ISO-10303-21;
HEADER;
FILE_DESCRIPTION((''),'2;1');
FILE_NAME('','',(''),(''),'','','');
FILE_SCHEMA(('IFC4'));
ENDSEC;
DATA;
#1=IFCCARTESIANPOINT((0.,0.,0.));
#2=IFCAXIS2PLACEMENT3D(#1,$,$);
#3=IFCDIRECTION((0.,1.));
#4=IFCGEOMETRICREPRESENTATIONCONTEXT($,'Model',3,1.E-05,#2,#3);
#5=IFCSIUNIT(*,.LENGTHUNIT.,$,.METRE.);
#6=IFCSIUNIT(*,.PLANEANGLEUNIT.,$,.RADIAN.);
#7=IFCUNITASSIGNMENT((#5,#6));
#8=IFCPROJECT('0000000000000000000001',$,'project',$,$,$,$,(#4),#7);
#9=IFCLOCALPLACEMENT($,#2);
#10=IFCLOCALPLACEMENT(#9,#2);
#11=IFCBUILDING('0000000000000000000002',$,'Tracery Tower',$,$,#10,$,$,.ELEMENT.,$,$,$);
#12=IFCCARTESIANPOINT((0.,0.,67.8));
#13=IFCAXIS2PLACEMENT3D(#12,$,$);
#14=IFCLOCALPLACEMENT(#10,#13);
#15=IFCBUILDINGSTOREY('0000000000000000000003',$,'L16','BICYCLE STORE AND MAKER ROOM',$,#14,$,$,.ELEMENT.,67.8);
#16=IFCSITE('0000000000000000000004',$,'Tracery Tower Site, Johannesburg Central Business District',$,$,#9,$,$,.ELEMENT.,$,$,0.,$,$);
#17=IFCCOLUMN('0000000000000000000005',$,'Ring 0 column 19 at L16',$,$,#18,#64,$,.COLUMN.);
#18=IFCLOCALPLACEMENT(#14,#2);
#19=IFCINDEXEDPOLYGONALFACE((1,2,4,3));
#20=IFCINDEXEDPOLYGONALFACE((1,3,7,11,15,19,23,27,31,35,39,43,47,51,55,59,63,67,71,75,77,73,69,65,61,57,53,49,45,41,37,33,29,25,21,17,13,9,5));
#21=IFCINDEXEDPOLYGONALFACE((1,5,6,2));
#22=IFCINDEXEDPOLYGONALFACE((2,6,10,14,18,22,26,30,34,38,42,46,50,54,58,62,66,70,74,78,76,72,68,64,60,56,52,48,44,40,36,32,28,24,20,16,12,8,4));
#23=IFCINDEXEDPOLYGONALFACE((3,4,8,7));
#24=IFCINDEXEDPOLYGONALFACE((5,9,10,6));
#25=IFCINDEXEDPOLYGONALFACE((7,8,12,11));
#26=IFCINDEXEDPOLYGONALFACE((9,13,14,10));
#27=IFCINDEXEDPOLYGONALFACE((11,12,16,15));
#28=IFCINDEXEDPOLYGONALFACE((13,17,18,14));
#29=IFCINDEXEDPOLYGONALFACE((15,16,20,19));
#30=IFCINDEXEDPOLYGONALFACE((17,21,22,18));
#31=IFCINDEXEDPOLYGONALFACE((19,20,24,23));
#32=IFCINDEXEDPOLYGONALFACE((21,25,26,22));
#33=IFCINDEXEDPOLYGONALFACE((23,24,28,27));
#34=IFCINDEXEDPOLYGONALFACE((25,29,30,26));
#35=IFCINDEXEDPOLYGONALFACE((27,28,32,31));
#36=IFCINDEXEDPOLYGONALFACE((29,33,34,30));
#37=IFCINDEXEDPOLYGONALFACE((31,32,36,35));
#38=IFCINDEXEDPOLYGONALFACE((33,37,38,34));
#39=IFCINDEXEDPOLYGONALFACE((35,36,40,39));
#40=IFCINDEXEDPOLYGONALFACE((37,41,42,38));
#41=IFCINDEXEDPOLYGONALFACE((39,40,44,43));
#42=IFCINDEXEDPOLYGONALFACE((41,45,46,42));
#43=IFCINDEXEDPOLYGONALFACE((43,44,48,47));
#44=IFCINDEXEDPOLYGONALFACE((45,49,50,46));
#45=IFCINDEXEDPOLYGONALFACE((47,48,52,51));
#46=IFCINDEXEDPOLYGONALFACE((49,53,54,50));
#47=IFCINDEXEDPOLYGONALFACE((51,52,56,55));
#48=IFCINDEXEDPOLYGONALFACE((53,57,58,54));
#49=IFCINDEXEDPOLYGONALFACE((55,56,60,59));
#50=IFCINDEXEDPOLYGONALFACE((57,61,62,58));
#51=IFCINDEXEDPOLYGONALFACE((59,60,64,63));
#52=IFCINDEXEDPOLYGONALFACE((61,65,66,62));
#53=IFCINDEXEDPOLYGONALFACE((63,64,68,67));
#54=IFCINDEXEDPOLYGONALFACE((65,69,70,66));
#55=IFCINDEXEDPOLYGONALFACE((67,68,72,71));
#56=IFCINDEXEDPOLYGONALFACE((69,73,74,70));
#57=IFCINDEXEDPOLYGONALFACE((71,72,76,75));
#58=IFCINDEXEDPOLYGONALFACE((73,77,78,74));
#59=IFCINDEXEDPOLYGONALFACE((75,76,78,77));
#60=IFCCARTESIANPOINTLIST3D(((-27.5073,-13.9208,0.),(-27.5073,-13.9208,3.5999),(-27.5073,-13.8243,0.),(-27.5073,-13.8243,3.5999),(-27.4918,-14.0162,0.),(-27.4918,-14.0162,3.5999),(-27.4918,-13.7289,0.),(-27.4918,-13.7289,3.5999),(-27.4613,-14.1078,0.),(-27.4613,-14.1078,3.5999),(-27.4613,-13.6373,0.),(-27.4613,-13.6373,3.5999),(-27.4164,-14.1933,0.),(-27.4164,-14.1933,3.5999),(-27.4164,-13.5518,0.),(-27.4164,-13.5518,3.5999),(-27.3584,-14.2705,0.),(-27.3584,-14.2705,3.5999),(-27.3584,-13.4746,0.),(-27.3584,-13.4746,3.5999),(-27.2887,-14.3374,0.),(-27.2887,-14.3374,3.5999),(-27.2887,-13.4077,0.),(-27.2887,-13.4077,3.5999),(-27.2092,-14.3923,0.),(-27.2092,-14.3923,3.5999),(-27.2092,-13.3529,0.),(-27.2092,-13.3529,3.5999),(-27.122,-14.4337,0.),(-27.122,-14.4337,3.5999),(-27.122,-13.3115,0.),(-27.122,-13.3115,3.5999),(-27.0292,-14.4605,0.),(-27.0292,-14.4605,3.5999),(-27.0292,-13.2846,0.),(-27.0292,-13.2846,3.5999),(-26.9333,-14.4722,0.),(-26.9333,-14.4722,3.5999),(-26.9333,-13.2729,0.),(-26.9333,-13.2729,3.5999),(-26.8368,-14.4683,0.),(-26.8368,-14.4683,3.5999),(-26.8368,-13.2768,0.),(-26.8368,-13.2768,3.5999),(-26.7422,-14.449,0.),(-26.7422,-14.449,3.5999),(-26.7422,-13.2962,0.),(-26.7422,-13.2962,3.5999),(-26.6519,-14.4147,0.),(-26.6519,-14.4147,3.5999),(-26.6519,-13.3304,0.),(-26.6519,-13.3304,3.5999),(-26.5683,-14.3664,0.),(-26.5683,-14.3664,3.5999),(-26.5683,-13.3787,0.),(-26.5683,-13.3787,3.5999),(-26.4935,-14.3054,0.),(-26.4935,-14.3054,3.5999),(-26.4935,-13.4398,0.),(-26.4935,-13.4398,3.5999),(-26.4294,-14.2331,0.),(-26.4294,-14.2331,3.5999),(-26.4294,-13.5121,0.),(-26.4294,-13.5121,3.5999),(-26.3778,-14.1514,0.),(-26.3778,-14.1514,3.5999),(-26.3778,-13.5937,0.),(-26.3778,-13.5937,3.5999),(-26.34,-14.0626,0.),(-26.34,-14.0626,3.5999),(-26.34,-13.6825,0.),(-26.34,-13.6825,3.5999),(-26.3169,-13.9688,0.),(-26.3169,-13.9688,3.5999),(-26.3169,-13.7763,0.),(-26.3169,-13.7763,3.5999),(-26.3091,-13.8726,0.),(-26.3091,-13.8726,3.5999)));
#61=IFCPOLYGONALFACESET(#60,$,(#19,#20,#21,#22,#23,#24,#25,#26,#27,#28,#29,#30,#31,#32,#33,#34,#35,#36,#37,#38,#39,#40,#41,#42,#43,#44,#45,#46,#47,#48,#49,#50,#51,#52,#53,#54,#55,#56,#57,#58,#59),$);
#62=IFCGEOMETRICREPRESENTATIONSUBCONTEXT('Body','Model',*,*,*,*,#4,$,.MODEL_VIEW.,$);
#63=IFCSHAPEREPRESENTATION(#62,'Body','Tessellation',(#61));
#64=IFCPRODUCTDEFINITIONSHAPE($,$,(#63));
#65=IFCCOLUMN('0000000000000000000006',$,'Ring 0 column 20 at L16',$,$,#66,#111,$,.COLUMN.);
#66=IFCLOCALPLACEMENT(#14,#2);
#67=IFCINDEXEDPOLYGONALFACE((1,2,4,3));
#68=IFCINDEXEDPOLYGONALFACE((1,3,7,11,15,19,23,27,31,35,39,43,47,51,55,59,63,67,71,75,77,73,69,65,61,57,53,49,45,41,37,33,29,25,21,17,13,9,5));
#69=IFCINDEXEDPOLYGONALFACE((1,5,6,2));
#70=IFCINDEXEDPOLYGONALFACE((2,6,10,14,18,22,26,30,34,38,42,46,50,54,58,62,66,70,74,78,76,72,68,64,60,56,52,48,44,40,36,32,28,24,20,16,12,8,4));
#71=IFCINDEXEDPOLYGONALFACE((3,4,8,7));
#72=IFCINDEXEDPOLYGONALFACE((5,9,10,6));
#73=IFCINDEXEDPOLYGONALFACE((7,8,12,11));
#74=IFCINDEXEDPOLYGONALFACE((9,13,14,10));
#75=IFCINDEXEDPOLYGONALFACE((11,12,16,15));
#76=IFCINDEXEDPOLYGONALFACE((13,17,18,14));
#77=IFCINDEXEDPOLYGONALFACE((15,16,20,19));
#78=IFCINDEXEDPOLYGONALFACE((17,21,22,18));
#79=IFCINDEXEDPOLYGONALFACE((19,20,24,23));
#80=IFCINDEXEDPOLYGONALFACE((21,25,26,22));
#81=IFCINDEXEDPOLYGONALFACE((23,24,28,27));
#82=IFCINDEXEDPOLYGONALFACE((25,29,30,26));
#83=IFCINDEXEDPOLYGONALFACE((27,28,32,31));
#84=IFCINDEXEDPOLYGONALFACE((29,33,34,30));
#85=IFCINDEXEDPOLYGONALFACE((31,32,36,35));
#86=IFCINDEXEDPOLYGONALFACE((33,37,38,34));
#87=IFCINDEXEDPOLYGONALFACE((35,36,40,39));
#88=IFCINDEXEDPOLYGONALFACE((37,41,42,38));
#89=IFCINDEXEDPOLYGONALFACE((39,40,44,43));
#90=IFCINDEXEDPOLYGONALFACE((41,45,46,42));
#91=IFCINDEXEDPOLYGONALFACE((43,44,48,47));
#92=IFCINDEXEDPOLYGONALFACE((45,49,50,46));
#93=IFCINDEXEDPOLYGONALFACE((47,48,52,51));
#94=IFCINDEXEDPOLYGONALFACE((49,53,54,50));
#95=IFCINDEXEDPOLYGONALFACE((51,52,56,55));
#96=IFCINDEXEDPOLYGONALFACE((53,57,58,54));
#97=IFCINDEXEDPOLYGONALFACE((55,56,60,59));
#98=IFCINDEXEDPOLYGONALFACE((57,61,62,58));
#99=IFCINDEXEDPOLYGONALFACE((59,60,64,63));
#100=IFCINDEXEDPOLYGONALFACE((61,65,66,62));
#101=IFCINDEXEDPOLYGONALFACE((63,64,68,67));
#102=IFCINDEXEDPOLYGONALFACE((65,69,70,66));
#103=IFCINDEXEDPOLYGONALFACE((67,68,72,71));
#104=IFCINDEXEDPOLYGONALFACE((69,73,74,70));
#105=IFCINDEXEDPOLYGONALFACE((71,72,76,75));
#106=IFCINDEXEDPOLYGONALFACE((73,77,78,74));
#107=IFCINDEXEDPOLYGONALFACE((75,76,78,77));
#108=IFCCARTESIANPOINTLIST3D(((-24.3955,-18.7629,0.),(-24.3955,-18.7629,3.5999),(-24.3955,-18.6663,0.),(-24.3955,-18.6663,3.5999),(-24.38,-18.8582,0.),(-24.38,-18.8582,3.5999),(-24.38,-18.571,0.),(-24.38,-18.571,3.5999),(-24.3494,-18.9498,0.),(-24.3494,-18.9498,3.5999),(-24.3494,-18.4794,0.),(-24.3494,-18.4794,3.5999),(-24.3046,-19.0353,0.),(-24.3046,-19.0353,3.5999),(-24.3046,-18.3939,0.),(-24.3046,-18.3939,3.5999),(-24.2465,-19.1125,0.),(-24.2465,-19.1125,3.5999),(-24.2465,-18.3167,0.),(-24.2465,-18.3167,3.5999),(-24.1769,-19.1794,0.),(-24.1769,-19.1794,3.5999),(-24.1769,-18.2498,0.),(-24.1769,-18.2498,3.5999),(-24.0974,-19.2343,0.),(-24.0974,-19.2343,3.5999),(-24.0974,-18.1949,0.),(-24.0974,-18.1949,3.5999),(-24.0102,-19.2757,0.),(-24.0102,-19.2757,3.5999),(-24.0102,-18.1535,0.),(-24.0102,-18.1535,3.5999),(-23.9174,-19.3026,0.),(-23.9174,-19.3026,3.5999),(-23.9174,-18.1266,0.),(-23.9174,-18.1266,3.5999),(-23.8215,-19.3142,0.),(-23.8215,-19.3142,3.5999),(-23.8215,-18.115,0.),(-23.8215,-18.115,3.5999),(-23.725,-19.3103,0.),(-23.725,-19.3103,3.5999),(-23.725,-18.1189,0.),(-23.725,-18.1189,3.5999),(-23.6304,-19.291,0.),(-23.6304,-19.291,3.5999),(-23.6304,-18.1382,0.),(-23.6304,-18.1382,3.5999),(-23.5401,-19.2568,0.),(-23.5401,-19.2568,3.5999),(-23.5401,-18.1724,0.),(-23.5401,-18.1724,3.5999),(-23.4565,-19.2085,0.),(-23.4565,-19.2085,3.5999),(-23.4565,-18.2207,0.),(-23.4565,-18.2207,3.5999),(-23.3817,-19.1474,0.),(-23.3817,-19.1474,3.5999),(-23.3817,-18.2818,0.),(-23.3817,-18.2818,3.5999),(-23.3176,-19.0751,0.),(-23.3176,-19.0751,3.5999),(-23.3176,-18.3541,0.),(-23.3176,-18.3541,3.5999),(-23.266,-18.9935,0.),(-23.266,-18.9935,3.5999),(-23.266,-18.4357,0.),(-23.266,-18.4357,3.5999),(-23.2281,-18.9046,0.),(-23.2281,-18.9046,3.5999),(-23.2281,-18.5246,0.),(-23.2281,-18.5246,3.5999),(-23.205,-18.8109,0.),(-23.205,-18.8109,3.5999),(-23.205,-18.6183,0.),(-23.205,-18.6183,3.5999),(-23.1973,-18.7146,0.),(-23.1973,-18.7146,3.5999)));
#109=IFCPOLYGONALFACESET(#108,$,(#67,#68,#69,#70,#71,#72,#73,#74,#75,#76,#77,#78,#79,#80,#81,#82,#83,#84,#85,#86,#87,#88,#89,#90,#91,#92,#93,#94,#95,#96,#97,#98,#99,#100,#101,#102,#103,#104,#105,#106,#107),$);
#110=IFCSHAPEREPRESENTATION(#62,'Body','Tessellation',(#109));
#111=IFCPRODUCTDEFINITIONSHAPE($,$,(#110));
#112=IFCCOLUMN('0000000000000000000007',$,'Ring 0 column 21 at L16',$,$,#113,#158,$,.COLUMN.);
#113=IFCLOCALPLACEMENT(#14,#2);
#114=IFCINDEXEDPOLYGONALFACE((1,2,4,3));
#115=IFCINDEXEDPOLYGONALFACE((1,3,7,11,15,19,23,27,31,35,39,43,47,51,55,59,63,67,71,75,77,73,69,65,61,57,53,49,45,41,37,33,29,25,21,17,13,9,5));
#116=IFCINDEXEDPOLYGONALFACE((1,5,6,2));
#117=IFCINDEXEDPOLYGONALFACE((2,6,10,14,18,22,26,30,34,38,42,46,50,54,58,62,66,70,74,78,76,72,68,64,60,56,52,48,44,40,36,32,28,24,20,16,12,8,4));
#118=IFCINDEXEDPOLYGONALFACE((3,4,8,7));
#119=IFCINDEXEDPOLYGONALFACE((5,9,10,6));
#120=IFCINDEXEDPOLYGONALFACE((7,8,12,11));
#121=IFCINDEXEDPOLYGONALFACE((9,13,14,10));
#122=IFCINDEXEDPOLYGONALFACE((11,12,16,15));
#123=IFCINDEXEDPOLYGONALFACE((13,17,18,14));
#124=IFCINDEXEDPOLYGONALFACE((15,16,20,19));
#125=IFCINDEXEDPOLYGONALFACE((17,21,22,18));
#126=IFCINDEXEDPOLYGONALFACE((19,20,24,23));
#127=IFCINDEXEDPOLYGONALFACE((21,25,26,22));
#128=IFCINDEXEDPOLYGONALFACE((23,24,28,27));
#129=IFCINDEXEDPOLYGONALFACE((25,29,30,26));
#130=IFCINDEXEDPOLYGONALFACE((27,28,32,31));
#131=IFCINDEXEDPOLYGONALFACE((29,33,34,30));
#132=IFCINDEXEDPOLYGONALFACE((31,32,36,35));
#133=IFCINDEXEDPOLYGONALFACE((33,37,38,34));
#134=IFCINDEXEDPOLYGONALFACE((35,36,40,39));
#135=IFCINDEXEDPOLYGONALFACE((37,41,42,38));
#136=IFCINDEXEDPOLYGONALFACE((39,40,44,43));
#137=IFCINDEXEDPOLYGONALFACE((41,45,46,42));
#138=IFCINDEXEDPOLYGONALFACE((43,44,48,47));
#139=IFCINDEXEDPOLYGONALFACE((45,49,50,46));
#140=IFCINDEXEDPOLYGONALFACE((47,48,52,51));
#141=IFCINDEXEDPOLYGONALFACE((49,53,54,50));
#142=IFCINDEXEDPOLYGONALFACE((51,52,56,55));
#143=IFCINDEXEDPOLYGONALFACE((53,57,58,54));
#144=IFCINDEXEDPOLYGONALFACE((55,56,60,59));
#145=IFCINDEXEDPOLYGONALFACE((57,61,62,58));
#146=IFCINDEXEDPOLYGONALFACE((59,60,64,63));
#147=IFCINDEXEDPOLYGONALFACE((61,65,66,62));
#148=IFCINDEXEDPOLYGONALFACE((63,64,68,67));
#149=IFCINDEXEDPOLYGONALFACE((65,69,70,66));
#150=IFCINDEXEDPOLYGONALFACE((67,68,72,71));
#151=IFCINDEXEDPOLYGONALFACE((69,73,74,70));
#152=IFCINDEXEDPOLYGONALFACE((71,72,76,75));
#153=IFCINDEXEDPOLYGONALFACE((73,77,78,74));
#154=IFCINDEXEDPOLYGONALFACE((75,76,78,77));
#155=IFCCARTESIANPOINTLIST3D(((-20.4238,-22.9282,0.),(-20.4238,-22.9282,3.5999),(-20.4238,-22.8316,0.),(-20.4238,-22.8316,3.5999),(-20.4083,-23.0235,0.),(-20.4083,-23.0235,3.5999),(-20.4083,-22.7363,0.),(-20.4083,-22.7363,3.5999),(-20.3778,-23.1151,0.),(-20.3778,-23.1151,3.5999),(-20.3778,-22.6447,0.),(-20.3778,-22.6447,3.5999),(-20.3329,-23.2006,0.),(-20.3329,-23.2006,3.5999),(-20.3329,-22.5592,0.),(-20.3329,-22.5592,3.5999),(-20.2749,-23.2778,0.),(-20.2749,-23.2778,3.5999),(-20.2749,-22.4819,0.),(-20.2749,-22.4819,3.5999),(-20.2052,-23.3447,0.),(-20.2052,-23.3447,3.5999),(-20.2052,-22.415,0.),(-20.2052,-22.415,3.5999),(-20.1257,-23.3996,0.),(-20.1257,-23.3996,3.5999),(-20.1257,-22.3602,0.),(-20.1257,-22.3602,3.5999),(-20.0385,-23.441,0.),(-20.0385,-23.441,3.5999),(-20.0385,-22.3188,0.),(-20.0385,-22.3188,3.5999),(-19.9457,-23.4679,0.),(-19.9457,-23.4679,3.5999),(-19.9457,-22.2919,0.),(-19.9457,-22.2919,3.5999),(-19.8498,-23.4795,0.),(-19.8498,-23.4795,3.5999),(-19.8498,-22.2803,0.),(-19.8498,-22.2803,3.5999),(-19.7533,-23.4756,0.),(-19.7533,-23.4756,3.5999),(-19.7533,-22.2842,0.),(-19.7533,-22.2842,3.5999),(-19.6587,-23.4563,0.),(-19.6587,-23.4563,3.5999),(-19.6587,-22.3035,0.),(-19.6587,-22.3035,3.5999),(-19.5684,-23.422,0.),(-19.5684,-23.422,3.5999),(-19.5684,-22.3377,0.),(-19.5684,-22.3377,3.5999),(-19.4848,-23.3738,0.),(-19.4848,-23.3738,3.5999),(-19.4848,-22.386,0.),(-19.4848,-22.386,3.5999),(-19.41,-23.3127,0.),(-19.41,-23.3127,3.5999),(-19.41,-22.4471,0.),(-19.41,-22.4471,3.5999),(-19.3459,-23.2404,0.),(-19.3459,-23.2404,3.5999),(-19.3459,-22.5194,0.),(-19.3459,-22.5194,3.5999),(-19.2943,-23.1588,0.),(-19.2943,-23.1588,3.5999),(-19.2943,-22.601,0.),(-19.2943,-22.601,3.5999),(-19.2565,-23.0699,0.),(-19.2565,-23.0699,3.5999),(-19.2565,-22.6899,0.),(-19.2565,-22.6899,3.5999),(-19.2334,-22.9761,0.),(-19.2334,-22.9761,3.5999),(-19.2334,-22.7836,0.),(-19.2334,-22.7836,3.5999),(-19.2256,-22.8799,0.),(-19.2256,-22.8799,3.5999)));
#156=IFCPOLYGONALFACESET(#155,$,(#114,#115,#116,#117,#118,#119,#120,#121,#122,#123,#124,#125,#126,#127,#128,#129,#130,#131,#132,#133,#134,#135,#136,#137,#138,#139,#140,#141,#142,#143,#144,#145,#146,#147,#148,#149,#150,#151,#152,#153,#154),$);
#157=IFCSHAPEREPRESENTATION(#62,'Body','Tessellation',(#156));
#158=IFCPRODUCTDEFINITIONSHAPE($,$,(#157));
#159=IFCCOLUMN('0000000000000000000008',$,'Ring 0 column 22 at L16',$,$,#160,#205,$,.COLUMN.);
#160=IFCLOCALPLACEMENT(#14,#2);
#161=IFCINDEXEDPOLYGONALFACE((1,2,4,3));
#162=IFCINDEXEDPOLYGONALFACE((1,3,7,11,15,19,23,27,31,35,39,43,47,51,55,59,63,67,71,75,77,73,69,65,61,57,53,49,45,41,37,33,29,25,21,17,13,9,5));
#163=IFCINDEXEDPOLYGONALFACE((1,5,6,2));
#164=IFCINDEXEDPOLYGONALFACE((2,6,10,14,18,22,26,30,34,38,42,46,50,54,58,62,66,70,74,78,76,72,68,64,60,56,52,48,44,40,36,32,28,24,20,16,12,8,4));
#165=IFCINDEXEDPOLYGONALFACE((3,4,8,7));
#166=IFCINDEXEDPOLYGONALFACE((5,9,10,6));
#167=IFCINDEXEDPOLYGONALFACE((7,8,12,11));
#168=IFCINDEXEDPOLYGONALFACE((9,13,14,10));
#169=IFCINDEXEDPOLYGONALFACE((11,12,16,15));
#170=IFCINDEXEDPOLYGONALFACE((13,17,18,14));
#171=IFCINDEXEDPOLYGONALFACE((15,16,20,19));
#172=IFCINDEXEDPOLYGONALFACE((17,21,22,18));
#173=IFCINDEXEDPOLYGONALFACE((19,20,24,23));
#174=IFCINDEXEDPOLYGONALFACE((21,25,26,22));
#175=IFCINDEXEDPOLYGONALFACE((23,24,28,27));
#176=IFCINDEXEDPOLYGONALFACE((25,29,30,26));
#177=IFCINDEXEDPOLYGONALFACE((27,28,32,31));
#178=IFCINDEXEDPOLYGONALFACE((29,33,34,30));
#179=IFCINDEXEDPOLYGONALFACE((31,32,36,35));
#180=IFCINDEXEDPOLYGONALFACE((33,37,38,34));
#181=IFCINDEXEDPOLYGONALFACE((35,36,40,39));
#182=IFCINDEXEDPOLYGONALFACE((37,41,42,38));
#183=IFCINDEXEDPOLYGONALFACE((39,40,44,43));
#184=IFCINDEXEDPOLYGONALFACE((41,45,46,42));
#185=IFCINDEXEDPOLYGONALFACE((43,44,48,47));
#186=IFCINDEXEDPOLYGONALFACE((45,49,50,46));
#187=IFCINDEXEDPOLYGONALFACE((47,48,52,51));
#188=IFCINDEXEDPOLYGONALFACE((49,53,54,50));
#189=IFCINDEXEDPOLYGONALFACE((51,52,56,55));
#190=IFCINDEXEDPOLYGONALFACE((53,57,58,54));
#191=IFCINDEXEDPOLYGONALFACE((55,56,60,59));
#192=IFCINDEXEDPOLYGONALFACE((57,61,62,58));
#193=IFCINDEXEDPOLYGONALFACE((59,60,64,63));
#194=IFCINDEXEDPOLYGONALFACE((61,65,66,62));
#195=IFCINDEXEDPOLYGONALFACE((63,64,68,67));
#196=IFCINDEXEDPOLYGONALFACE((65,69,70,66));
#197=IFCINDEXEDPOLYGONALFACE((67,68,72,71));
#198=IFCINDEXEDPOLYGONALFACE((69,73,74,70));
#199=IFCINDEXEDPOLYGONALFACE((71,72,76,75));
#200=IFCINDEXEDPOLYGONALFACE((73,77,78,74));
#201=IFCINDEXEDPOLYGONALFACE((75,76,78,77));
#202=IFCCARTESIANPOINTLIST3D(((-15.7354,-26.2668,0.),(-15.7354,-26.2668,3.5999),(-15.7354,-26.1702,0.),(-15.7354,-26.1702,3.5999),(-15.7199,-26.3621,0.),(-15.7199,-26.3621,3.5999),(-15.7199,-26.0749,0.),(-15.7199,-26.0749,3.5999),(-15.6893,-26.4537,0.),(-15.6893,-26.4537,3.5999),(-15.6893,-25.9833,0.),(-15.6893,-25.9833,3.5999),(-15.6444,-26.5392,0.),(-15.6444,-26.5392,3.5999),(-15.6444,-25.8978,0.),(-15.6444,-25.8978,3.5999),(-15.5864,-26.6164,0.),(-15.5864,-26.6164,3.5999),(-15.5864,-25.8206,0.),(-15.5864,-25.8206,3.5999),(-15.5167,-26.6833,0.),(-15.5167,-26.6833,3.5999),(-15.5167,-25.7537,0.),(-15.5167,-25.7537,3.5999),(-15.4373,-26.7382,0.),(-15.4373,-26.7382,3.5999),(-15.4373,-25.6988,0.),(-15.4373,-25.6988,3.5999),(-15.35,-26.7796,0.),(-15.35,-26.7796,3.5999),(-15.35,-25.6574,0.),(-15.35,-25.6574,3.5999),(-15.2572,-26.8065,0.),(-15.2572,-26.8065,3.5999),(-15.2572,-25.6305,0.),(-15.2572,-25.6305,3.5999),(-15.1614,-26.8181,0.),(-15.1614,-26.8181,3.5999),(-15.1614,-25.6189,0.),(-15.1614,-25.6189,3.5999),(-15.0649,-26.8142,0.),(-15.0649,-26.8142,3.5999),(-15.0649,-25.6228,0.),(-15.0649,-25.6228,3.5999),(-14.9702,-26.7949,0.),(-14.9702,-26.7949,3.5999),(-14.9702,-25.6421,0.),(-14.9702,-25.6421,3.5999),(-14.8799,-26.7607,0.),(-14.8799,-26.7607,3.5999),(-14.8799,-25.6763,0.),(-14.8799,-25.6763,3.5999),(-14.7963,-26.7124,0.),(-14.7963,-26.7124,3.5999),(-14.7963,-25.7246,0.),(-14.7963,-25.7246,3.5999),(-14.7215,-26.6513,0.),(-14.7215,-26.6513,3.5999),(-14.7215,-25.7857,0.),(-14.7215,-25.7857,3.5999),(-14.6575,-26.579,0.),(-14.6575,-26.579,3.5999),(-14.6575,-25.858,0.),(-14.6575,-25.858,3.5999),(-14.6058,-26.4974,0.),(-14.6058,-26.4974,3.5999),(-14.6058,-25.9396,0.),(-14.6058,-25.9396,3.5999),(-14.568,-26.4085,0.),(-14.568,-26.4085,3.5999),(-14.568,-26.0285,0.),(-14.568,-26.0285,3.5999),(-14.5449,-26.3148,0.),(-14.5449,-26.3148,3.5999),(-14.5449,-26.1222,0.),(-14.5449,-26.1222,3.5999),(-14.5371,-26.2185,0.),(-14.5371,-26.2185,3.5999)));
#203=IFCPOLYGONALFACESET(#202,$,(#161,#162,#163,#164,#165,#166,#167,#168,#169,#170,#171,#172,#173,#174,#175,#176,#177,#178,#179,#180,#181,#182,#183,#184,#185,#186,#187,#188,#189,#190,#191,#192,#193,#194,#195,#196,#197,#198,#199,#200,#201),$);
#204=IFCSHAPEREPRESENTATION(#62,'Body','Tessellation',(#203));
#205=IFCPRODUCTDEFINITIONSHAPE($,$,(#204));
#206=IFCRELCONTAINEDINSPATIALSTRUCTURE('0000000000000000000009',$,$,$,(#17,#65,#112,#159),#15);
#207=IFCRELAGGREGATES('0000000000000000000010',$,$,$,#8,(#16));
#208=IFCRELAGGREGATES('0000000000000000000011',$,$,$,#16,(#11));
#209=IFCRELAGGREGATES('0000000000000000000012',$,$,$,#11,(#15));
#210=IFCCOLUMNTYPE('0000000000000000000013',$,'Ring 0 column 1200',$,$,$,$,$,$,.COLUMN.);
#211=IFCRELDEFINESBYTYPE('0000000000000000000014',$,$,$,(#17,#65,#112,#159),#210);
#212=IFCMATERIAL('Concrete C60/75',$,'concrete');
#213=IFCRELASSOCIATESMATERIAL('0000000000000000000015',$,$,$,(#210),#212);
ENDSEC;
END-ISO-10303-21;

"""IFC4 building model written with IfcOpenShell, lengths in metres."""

from ifc_helpers import new_model, si_unit, direction, frame, origin, origin_2d, place, context, subcontext, project, spatial, circle, extrude, material, material_profile, profile_set, type_object, element, save


model = new_model("IFC4")

# Units and contexts
model_context = context("Model", 3, precision=1e-05, world=origin(), true_north=direction((0.0, 1.0)))
body_context = subcontext(model_context, "Body", "Model", "MODEL_VIEW")
ifc_project = project(units=[si_unit("LENGTHUNIT", "METRE"), si_unit("PLANEANGLEUNIT", "RADIAN")], contexts=[model_context])

# Site, building, storey
site_placement = place(None, origin())
site = spatial("IfcSite", under=ifc_project, at=site_placement, Name="Tracery Tower Site, Johannesburg Central Business District", CompositionType="ELEMENT", RefElevation=0.0)
building_placement = place(site_placement, origin())
building = spatial("IfcBuilding", under=site, at=building_placement, Name="Tracery Tower", CompositionType="ELEMENT")
storey_placement = place(building_placement, frame((0.0, 0.0, 67.8)))
storey = spatial("IfcBuildingStorey", under=building, at=storey_placement, Name="L16", Description="BICYCLE STORE AND MAKER ROOM", CompositionType="ELEMENT", Elevation=67.8)

# Columns
ifc_material_1 = material(Name="Concrete C60/75", Category="concrete")
ifc_material_profile_1 = material_profile(ifc_material_1, circle(Radius=0.6001, at=origin_2d()), Name="RC D1200")
ifc_profile_set_1 = profile_set([ifc_material_profile_1], Name="Concrete C60/75")
column_type_1 = type_object("IfcColumnType", Name="Ring 0 column 1200", PredefinedType="COLUMN", material=ifc_profile_set_1)
for number, where, z_axis, x_axis, name in (
    (1, (-26.9092, -13.8726, 0.0), (0.0, 0.0, 1.0), (1.0, 0.0, 0.0), "Ring 0 column 19 at L16"),
    (2, (-23.7974, -18.7146, 0.0), (0.0, 0.0, 1.0), (1.0, 0.0, 0.0), "Ring 0 column 20 at L16"),
    (3, (-19.8257, -22.8799, 0.0), (0.0, 0.0, 1.0), (1.0, 0.0, 0.0), "Ring 0 column 21 at L16"),
    (4, (-15.1372, -26.2185, 0.0), (0.0, 0.0, 1.0), (1.0, 0.0, 0.0), "Ring 0 column 22 at L16"),
):
    element("IfcColumn", number, at=place(storey_placement, frame(where, z_axis=z_axis, x_axis=x_axis)), inside=storey, type_object=column_type_1, Name=name, PredefinedType="COLUMN", context=body_context, shape_type="SweptSolid", body=[
        extrude(circle(Radius=0.6001, at=origin_2d()), origin(), (0.0, 0.0, 1.0), 3.5999),
    ])

save(model, "model.ifc")
